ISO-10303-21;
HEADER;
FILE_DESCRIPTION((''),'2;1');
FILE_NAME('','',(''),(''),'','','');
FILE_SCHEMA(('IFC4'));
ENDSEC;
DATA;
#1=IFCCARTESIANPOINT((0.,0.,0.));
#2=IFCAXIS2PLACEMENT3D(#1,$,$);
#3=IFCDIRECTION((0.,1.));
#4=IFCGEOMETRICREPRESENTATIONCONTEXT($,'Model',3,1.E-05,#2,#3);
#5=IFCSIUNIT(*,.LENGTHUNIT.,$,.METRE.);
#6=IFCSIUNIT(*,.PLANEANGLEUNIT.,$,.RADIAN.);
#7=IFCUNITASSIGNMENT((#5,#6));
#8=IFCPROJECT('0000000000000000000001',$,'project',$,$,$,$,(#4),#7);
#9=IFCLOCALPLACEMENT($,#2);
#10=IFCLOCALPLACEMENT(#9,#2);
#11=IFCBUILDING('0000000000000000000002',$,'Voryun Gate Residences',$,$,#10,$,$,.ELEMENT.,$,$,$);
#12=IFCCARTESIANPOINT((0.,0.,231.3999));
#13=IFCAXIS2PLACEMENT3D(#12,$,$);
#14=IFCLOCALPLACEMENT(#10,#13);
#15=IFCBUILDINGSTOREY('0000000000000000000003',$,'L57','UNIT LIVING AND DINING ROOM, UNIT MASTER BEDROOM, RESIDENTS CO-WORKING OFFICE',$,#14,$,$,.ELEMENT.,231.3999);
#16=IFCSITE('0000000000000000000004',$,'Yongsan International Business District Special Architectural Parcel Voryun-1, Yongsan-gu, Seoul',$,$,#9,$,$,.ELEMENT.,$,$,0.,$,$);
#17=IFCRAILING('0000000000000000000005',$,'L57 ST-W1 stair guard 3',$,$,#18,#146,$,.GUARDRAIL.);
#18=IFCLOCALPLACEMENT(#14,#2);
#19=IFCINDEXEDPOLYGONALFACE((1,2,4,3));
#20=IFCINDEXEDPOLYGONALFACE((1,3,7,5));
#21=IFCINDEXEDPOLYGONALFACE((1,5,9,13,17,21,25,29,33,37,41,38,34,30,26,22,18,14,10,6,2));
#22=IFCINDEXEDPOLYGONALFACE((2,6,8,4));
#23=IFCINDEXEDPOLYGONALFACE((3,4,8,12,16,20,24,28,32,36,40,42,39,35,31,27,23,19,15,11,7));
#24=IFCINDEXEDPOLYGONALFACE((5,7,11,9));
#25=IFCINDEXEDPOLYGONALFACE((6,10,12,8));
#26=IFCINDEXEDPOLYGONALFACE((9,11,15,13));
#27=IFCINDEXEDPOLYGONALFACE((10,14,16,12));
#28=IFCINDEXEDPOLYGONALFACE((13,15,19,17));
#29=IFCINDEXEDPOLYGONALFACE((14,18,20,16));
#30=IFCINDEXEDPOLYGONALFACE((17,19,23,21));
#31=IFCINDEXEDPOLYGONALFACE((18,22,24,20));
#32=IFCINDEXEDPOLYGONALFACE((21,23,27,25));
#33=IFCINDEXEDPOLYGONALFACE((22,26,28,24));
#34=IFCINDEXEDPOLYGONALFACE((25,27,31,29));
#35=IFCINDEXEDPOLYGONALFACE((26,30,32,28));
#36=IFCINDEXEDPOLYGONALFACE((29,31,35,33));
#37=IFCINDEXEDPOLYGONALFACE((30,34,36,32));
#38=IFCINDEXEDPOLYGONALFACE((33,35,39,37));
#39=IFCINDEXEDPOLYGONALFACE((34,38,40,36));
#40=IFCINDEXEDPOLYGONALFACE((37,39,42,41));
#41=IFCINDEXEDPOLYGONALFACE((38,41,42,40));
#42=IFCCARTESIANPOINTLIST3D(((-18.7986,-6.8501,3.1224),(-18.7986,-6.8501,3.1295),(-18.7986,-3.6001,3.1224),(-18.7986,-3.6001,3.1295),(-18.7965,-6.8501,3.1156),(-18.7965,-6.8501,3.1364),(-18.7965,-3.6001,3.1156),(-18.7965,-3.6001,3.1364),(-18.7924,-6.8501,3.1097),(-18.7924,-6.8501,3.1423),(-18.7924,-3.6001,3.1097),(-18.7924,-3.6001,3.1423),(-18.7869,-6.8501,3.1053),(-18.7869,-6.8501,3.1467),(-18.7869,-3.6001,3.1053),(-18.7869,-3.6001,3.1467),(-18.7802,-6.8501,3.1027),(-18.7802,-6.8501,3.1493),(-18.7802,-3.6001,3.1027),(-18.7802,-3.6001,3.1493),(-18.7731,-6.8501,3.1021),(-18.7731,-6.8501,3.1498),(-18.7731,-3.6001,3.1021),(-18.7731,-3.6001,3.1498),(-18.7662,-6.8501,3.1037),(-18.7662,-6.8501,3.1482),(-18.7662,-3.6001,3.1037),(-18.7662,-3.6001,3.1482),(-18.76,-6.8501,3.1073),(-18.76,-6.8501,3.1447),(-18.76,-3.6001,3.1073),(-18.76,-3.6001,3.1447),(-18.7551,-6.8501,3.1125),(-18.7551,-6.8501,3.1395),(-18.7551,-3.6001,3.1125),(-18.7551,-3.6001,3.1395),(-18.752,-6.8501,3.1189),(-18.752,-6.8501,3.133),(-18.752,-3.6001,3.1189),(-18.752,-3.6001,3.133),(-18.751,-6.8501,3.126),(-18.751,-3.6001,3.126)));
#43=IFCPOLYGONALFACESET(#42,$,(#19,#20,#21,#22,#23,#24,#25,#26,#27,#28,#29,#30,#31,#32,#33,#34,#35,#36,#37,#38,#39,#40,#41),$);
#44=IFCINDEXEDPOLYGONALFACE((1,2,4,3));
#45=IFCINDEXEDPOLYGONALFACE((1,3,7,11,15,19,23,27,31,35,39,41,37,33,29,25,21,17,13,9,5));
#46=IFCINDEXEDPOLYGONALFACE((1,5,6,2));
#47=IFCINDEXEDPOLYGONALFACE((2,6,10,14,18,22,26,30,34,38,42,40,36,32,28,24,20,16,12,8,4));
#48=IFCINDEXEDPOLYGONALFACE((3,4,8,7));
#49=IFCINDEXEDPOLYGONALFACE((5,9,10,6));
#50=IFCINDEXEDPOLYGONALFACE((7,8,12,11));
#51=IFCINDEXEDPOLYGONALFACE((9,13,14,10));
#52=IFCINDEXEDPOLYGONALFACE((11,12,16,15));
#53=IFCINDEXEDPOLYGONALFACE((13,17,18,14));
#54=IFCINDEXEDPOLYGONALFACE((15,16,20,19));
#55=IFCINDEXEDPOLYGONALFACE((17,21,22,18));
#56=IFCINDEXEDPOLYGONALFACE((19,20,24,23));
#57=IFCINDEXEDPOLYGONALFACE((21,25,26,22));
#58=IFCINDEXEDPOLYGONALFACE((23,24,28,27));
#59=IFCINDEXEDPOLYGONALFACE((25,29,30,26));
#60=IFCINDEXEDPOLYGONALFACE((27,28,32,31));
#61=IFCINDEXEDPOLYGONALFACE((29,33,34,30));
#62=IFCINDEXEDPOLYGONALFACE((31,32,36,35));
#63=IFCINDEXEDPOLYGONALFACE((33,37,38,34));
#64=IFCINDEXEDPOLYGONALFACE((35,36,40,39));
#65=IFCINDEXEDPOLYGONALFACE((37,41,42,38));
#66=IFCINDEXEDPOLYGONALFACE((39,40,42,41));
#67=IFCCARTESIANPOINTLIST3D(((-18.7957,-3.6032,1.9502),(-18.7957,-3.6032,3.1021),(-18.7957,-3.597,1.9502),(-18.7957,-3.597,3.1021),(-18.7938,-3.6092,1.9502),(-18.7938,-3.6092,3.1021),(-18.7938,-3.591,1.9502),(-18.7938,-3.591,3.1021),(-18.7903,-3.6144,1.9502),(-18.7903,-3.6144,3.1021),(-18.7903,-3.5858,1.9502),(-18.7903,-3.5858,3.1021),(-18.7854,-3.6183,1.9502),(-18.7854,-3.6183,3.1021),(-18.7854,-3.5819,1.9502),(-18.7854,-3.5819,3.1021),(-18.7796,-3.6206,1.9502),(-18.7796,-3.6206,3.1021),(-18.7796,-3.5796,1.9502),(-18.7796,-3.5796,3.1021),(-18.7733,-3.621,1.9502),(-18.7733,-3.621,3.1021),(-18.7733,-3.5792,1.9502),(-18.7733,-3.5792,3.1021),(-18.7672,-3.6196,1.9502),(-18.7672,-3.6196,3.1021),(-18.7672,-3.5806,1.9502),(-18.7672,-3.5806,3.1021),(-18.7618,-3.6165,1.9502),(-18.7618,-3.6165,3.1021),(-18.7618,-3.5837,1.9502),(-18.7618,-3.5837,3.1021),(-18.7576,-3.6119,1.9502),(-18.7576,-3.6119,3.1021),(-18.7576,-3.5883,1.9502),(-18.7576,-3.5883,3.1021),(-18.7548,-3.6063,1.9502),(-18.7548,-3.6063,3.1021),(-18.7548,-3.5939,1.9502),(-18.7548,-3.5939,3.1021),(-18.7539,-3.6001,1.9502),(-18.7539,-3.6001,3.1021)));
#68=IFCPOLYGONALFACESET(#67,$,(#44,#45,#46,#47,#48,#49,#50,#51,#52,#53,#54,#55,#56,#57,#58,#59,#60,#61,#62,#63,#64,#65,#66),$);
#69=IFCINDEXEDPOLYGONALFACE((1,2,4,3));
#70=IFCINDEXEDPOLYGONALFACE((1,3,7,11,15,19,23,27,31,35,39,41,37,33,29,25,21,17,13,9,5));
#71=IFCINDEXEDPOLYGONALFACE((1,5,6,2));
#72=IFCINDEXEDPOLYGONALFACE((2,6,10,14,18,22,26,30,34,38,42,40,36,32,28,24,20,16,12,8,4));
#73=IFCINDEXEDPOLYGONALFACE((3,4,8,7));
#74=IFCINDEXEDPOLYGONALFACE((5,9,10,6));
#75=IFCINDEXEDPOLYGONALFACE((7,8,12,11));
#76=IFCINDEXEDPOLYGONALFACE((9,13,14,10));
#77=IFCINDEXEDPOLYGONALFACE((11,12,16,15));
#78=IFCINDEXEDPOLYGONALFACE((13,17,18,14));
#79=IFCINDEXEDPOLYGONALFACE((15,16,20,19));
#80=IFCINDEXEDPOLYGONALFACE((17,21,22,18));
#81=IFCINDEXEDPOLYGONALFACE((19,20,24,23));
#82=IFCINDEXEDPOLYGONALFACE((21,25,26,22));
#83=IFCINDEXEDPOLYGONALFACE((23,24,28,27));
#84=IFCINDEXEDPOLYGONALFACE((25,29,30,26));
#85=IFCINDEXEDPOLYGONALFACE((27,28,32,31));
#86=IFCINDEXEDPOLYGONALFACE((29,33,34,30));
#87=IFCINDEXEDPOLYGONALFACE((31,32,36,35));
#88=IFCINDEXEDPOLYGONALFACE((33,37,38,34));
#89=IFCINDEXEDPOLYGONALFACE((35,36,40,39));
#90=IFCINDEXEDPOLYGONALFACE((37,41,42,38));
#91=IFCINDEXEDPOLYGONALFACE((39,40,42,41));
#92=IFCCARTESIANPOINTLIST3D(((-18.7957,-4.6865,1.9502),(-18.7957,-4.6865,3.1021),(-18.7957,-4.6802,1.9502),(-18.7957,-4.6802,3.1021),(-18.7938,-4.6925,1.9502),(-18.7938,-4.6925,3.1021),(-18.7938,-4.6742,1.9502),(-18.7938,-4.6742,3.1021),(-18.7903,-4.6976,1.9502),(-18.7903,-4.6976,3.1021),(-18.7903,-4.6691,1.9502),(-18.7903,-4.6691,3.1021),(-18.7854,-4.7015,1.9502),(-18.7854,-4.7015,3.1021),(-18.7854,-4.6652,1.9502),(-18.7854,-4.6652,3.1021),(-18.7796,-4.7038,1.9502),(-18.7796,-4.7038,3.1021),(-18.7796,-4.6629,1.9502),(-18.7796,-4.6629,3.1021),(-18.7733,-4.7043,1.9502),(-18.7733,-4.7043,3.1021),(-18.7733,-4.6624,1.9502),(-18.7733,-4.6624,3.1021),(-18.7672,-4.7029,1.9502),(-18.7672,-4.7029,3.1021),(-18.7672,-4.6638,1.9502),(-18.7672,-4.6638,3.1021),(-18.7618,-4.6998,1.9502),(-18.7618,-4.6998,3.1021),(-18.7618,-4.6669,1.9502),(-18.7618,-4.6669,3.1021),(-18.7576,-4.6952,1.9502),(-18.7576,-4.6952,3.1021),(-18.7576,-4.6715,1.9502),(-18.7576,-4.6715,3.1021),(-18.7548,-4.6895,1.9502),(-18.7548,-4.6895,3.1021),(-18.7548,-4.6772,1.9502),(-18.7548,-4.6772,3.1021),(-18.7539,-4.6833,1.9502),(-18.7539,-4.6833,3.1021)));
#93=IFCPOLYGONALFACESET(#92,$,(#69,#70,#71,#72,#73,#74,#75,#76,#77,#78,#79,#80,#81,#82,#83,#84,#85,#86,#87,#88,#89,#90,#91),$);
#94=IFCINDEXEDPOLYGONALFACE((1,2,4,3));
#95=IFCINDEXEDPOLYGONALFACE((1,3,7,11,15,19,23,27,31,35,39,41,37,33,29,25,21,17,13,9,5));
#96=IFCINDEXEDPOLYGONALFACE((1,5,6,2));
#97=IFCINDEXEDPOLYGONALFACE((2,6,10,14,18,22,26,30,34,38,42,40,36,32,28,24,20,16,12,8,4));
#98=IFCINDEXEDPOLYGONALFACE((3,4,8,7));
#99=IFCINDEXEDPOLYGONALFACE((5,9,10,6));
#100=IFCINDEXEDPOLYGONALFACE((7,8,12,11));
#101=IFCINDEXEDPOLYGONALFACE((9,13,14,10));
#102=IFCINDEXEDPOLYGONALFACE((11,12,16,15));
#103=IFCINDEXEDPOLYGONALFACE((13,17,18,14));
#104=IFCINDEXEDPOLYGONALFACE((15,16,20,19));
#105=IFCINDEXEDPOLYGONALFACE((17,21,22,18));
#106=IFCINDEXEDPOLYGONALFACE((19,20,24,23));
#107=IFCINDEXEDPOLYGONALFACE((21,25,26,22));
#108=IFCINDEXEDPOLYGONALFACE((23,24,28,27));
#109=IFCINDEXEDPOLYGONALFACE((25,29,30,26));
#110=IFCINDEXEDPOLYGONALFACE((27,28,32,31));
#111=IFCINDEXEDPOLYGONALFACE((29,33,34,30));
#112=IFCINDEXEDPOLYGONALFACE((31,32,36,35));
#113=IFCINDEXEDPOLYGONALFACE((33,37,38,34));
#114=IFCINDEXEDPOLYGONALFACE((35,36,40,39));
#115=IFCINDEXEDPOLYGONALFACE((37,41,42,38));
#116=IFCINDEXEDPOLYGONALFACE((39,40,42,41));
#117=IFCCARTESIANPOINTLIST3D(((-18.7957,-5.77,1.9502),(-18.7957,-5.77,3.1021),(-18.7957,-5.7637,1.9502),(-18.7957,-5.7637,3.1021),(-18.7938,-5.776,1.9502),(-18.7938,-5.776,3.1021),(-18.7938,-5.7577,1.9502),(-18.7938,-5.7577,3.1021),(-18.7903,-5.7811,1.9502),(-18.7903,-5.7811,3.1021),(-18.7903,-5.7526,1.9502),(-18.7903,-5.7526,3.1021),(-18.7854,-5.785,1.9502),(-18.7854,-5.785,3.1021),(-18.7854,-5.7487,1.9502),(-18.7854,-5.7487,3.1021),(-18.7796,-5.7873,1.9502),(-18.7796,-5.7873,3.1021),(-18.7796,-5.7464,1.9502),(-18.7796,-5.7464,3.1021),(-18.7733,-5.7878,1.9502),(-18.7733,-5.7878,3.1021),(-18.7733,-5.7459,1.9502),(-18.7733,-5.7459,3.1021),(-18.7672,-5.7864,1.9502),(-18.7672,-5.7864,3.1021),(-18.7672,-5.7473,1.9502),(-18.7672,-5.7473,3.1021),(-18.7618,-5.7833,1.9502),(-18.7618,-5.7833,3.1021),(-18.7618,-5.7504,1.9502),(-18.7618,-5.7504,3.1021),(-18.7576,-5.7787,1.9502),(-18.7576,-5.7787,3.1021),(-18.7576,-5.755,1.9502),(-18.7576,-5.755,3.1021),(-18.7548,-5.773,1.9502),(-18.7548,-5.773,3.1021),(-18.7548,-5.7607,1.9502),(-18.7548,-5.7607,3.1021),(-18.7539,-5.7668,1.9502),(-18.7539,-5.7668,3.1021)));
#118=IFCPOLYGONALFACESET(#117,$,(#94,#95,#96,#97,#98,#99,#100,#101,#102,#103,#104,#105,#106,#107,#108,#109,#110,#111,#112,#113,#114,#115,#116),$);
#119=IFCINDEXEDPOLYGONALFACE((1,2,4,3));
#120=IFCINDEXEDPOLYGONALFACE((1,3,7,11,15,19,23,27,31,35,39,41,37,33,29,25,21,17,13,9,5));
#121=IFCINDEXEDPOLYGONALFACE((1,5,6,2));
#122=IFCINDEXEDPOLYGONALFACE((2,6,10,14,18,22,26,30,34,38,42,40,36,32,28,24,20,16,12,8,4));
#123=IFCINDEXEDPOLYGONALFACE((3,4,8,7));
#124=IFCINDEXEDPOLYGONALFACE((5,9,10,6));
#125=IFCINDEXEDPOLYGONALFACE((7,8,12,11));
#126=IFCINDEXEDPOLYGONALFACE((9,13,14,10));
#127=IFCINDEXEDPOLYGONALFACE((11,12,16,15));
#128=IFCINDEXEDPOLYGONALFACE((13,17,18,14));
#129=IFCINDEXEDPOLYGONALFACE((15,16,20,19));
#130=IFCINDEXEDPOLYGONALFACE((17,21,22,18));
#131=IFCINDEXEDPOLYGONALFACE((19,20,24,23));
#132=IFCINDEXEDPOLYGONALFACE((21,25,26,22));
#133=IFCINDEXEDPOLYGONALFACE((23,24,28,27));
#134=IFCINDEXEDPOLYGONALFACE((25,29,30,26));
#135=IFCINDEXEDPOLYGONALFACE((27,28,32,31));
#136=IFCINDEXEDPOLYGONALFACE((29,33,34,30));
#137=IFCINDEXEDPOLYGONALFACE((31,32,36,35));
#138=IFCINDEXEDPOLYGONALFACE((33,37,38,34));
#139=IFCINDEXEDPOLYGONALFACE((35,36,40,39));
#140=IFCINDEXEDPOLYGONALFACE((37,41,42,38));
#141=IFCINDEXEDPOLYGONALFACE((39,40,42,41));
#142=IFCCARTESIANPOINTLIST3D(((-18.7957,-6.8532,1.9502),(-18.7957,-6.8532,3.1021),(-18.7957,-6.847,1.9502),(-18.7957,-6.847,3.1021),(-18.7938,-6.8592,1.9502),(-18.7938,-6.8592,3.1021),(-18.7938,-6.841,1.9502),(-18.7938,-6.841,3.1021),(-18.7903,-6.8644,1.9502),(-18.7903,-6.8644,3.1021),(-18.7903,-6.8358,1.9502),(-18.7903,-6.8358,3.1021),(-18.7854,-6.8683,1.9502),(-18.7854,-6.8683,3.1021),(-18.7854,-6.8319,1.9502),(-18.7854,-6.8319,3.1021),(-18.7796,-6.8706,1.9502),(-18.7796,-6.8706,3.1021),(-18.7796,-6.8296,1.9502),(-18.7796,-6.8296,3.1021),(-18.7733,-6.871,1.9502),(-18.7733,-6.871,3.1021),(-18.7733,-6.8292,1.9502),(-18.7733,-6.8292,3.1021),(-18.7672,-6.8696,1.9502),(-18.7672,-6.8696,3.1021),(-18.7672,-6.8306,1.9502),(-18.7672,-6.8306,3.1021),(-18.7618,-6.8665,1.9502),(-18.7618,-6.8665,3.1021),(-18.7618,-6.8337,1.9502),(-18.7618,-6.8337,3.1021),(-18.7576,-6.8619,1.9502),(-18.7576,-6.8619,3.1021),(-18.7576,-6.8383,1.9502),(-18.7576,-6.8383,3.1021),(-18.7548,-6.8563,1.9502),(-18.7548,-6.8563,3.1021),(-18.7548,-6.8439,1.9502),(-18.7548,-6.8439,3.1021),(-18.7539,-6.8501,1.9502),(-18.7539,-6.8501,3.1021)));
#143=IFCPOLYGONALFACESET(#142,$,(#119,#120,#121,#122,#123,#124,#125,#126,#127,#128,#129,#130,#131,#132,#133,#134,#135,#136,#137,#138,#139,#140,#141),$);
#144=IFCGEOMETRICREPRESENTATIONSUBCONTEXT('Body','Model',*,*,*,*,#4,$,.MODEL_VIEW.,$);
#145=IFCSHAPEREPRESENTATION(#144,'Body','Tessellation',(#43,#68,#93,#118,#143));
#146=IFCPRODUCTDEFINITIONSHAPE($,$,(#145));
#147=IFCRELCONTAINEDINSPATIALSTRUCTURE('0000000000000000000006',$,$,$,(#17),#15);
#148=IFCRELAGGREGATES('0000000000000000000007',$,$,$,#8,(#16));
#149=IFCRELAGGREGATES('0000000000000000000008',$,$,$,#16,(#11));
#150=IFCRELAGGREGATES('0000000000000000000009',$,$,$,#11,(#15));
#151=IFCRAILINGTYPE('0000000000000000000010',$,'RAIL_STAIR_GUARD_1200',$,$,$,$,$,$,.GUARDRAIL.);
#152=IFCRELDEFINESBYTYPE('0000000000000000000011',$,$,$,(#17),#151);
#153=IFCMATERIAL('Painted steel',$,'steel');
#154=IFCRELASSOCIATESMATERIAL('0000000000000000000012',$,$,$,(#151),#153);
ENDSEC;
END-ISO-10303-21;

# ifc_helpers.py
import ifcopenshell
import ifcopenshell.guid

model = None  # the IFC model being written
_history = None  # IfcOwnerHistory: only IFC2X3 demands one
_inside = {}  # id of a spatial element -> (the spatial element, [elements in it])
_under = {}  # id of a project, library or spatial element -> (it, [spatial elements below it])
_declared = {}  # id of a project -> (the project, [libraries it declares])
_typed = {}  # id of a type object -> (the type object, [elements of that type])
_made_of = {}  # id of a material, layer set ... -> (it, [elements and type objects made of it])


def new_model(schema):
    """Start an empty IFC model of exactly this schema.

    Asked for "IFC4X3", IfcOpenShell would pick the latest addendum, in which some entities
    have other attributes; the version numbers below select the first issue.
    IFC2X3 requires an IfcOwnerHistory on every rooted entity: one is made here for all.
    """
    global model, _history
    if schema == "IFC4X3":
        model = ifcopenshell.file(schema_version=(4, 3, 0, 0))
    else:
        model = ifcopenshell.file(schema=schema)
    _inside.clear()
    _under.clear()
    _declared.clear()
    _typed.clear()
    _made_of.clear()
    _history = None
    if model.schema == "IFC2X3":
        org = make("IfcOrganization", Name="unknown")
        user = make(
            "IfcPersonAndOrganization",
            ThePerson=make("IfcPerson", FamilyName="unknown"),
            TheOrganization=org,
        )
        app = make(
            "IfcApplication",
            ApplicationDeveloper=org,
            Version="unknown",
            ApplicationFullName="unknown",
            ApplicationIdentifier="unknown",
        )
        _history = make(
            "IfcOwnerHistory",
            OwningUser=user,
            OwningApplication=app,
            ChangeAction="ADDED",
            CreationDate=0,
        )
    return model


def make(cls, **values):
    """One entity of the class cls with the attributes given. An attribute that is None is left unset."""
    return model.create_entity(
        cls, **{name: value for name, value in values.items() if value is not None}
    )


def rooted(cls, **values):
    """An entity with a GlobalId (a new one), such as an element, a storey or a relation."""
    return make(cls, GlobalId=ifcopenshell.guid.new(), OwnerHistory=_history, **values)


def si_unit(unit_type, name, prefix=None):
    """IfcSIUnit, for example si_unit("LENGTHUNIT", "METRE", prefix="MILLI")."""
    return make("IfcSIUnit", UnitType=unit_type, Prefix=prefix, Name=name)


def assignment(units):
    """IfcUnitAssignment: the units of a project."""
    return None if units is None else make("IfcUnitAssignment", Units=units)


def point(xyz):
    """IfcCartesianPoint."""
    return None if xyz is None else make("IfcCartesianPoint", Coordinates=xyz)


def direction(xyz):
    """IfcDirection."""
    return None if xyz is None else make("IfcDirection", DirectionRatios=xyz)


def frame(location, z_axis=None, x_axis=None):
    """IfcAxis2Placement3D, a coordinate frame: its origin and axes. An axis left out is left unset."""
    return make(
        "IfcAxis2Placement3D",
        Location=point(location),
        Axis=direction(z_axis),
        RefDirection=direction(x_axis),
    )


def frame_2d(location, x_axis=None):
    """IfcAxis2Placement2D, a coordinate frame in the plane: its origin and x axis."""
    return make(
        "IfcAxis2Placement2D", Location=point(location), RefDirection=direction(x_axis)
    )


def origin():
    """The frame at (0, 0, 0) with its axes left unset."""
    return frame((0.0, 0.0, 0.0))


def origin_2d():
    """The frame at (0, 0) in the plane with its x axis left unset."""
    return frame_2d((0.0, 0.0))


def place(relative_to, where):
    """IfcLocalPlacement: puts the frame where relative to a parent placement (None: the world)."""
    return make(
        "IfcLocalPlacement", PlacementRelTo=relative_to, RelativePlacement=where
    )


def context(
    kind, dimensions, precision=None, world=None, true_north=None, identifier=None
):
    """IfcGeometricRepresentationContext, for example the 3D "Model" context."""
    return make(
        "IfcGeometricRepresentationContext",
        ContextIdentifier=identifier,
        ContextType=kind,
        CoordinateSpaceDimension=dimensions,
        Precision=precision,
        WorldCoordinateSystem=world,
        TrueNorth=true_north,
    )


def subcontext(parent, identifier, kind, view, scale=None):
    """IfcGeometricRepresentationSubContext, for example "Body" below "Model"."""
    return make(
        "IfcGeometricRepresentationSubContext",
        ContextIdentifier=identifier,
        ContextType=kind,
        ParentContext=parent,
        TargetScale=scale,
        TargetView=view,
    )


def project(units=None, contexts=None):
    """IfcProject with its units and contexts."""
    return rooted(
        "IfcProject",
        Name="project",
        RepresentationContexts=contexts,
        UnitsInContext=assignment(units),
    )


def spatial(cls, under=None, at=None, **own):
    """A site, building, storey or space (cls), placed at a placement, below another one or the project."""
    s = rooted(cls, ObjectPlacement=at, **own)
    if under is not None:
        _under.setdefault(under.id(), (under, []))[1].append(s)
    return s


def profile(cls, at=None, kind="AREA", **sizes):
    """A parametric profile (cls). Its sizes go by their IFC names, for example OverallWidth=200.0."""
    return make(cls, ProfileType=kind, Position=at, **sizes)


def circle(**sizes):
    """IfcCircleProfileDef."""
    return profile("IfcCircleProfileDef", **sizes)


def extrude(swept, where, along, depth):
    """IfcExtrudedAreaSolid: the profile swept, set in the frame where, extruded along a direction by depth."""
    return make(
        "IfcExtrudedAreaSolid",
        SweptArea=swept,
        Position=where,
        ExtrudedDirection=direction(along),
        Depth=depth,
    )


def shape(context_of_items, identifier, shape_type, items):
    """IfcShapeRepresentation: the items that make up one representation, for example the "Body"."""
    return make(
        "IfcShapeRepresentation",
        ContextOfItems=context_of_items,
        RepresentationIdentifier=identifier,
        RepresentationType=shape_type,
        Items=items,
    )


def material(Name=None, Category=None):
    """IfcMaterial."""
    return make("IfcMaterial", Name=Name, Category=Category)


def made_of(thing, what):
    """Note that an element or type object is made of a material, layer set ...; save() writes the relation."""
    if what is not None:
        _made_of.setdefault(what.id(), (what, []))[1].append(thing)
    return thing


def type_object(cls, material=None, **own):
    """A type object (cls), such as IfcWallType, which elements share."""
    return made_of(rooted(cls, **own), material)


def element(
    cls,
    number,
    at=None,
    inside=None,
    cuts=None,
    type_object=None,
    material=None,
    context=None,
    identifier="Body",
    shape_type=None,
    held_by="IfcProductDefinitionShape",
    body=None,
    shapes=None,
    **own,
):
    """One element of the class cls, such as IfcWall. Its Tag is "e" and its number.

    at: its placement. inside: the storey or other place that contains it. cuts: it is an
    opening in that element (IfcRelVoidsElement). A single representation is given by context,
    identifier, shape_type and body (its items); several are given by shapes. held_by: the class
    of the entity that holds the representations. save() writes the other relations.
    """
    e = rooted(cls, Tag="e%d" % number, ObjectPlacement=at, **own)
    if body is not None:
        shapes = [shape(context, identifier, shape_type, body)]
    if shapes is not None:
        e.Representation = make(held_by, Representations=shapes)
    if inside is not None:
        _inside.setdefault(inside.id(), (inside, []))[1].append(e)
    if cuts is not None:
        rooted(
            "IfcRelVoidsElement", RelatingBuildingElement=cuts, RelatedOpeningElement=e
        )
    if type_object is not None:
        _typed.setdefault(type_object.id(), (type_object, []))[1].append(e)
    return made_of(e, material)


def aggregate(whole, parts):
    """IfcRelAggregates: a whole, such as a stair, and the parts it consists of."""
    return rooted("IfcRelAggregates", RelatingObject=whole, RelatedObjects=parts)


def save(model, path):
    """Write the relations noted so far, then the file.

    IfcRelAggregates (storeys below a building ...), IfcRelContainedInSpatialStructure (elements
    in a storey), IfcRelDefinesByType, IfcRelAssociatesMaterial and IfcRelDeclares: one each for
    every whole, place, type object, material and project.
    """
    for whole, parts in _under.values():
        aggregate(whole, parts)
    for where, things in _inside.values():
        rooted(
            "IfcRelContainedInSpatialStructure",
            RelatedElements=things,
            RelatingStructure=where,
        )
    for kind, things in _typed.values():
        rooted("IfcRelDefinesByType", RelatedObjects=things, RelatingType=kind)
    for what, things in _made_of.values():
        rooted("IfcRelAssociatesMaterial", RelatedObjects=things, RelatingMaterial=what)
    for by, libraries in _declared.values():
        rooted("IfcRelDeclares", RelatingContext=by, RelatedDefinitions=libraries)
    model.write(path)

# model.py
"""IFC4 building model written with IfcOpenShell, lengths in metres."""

from ifc_helpers import new_model, si_unit, direction, frame, origin, origin_2d, place, context, subcontext, project, spatial, circle, extrude, material, type_object, element, save


model = new_model("IFC4")

# Units and contexts
model_context = context("Model", 3, precision=1e-05, world=origin(), true_north=direction((0.0, 1.0)))
body_context = subcontext(model_context, "Body", "Model", "MODEL_VIEW")
ifc_project = project(units=[si_unit("LENGTHUNIT", "METRE"), si_unit("PLANEANGLEUNIT", "RADIAN")], contexts=[model_context])

# Site, building, storey
site_placement = place(None, origin())
site = spatial("IfcSite", under=ifc_project, at=site_placement, Name="Yongsan International Business District Special Architectural Parcel Voryun-1, Yongsan-gu, Seoul", CompositionType="ELEMENT", RefElevation=0.0)
building_placement = place(site_placement, origin())
building = spatial("IfcBuilding", under=site, at=building_placement, Name="Voryun Gate Residences", CompositionType="ELEMENT")
storey_placement = place(building_placement, frame((0.0, 0.0, 231.3999)))
storey = spatial("IfcBuildingStorey", under=building, at=storey_placement, Name="L57", Description="UNIT LIVING AND DINING ROOM, UNIT MASTER BEDROOM, RESIDENTS CO-WORKING OFFICE", CompositionType="ELEMENT", Elevation=231.3999)

# Railing
ifc_material_1 = material(Name="Painted steel", Category="steel")
railing_type_1 = type_object("IfcRailingType", Name="RAIL_STAIR_GUARD_1200", PredefinedType="GUARDRAIL", material=ifc_material_1)
railing_1_placement = place(storey_placement, frame((-18.7749, -3.6001, 1.9502)))
element("IfcRailing", 1, at=railing_1_placement, inside=storey, type_object=railing_type_1, Name="L57 ST-W1 stair guard 3", PredefinedType="GUARDRAIL", context=body_context, shape_type="SweptSolid", body=[
    extrude(circle(Radius=0.0239, at=origin_2d()), frame((0.0, 0.0, 1.1758), z_axis=(0.0, -1.0, 0.0), x_axis=(1.0, 0.0, 0.0)), (0.0, 0.0, 1.0), 3.25),
    extrude(circle(Radius=0.021, at=origin_2d()), origin(), (0.0, 0.0, 1.0), 1.1519),
    extrude(circle(Radius=0.021, at=origin_2d()), frame((0.0, -1.0833, 0.0)), (0.0, 0.0, 1.0), 1.1519),
    extrude(circle(Radius=0.021, at=origin_2d()), frame((0.0, -2.1667, 0.0)), (0.0, 0.0, 1.0), 1.1519),
    extrude(circle(Radius=0.021, at=origin_2d()), frame((0.0, -3.25, 0.0)), (0.0, 0.0, 1.0), 1.1519),
])

save(model, "model.ifc")
